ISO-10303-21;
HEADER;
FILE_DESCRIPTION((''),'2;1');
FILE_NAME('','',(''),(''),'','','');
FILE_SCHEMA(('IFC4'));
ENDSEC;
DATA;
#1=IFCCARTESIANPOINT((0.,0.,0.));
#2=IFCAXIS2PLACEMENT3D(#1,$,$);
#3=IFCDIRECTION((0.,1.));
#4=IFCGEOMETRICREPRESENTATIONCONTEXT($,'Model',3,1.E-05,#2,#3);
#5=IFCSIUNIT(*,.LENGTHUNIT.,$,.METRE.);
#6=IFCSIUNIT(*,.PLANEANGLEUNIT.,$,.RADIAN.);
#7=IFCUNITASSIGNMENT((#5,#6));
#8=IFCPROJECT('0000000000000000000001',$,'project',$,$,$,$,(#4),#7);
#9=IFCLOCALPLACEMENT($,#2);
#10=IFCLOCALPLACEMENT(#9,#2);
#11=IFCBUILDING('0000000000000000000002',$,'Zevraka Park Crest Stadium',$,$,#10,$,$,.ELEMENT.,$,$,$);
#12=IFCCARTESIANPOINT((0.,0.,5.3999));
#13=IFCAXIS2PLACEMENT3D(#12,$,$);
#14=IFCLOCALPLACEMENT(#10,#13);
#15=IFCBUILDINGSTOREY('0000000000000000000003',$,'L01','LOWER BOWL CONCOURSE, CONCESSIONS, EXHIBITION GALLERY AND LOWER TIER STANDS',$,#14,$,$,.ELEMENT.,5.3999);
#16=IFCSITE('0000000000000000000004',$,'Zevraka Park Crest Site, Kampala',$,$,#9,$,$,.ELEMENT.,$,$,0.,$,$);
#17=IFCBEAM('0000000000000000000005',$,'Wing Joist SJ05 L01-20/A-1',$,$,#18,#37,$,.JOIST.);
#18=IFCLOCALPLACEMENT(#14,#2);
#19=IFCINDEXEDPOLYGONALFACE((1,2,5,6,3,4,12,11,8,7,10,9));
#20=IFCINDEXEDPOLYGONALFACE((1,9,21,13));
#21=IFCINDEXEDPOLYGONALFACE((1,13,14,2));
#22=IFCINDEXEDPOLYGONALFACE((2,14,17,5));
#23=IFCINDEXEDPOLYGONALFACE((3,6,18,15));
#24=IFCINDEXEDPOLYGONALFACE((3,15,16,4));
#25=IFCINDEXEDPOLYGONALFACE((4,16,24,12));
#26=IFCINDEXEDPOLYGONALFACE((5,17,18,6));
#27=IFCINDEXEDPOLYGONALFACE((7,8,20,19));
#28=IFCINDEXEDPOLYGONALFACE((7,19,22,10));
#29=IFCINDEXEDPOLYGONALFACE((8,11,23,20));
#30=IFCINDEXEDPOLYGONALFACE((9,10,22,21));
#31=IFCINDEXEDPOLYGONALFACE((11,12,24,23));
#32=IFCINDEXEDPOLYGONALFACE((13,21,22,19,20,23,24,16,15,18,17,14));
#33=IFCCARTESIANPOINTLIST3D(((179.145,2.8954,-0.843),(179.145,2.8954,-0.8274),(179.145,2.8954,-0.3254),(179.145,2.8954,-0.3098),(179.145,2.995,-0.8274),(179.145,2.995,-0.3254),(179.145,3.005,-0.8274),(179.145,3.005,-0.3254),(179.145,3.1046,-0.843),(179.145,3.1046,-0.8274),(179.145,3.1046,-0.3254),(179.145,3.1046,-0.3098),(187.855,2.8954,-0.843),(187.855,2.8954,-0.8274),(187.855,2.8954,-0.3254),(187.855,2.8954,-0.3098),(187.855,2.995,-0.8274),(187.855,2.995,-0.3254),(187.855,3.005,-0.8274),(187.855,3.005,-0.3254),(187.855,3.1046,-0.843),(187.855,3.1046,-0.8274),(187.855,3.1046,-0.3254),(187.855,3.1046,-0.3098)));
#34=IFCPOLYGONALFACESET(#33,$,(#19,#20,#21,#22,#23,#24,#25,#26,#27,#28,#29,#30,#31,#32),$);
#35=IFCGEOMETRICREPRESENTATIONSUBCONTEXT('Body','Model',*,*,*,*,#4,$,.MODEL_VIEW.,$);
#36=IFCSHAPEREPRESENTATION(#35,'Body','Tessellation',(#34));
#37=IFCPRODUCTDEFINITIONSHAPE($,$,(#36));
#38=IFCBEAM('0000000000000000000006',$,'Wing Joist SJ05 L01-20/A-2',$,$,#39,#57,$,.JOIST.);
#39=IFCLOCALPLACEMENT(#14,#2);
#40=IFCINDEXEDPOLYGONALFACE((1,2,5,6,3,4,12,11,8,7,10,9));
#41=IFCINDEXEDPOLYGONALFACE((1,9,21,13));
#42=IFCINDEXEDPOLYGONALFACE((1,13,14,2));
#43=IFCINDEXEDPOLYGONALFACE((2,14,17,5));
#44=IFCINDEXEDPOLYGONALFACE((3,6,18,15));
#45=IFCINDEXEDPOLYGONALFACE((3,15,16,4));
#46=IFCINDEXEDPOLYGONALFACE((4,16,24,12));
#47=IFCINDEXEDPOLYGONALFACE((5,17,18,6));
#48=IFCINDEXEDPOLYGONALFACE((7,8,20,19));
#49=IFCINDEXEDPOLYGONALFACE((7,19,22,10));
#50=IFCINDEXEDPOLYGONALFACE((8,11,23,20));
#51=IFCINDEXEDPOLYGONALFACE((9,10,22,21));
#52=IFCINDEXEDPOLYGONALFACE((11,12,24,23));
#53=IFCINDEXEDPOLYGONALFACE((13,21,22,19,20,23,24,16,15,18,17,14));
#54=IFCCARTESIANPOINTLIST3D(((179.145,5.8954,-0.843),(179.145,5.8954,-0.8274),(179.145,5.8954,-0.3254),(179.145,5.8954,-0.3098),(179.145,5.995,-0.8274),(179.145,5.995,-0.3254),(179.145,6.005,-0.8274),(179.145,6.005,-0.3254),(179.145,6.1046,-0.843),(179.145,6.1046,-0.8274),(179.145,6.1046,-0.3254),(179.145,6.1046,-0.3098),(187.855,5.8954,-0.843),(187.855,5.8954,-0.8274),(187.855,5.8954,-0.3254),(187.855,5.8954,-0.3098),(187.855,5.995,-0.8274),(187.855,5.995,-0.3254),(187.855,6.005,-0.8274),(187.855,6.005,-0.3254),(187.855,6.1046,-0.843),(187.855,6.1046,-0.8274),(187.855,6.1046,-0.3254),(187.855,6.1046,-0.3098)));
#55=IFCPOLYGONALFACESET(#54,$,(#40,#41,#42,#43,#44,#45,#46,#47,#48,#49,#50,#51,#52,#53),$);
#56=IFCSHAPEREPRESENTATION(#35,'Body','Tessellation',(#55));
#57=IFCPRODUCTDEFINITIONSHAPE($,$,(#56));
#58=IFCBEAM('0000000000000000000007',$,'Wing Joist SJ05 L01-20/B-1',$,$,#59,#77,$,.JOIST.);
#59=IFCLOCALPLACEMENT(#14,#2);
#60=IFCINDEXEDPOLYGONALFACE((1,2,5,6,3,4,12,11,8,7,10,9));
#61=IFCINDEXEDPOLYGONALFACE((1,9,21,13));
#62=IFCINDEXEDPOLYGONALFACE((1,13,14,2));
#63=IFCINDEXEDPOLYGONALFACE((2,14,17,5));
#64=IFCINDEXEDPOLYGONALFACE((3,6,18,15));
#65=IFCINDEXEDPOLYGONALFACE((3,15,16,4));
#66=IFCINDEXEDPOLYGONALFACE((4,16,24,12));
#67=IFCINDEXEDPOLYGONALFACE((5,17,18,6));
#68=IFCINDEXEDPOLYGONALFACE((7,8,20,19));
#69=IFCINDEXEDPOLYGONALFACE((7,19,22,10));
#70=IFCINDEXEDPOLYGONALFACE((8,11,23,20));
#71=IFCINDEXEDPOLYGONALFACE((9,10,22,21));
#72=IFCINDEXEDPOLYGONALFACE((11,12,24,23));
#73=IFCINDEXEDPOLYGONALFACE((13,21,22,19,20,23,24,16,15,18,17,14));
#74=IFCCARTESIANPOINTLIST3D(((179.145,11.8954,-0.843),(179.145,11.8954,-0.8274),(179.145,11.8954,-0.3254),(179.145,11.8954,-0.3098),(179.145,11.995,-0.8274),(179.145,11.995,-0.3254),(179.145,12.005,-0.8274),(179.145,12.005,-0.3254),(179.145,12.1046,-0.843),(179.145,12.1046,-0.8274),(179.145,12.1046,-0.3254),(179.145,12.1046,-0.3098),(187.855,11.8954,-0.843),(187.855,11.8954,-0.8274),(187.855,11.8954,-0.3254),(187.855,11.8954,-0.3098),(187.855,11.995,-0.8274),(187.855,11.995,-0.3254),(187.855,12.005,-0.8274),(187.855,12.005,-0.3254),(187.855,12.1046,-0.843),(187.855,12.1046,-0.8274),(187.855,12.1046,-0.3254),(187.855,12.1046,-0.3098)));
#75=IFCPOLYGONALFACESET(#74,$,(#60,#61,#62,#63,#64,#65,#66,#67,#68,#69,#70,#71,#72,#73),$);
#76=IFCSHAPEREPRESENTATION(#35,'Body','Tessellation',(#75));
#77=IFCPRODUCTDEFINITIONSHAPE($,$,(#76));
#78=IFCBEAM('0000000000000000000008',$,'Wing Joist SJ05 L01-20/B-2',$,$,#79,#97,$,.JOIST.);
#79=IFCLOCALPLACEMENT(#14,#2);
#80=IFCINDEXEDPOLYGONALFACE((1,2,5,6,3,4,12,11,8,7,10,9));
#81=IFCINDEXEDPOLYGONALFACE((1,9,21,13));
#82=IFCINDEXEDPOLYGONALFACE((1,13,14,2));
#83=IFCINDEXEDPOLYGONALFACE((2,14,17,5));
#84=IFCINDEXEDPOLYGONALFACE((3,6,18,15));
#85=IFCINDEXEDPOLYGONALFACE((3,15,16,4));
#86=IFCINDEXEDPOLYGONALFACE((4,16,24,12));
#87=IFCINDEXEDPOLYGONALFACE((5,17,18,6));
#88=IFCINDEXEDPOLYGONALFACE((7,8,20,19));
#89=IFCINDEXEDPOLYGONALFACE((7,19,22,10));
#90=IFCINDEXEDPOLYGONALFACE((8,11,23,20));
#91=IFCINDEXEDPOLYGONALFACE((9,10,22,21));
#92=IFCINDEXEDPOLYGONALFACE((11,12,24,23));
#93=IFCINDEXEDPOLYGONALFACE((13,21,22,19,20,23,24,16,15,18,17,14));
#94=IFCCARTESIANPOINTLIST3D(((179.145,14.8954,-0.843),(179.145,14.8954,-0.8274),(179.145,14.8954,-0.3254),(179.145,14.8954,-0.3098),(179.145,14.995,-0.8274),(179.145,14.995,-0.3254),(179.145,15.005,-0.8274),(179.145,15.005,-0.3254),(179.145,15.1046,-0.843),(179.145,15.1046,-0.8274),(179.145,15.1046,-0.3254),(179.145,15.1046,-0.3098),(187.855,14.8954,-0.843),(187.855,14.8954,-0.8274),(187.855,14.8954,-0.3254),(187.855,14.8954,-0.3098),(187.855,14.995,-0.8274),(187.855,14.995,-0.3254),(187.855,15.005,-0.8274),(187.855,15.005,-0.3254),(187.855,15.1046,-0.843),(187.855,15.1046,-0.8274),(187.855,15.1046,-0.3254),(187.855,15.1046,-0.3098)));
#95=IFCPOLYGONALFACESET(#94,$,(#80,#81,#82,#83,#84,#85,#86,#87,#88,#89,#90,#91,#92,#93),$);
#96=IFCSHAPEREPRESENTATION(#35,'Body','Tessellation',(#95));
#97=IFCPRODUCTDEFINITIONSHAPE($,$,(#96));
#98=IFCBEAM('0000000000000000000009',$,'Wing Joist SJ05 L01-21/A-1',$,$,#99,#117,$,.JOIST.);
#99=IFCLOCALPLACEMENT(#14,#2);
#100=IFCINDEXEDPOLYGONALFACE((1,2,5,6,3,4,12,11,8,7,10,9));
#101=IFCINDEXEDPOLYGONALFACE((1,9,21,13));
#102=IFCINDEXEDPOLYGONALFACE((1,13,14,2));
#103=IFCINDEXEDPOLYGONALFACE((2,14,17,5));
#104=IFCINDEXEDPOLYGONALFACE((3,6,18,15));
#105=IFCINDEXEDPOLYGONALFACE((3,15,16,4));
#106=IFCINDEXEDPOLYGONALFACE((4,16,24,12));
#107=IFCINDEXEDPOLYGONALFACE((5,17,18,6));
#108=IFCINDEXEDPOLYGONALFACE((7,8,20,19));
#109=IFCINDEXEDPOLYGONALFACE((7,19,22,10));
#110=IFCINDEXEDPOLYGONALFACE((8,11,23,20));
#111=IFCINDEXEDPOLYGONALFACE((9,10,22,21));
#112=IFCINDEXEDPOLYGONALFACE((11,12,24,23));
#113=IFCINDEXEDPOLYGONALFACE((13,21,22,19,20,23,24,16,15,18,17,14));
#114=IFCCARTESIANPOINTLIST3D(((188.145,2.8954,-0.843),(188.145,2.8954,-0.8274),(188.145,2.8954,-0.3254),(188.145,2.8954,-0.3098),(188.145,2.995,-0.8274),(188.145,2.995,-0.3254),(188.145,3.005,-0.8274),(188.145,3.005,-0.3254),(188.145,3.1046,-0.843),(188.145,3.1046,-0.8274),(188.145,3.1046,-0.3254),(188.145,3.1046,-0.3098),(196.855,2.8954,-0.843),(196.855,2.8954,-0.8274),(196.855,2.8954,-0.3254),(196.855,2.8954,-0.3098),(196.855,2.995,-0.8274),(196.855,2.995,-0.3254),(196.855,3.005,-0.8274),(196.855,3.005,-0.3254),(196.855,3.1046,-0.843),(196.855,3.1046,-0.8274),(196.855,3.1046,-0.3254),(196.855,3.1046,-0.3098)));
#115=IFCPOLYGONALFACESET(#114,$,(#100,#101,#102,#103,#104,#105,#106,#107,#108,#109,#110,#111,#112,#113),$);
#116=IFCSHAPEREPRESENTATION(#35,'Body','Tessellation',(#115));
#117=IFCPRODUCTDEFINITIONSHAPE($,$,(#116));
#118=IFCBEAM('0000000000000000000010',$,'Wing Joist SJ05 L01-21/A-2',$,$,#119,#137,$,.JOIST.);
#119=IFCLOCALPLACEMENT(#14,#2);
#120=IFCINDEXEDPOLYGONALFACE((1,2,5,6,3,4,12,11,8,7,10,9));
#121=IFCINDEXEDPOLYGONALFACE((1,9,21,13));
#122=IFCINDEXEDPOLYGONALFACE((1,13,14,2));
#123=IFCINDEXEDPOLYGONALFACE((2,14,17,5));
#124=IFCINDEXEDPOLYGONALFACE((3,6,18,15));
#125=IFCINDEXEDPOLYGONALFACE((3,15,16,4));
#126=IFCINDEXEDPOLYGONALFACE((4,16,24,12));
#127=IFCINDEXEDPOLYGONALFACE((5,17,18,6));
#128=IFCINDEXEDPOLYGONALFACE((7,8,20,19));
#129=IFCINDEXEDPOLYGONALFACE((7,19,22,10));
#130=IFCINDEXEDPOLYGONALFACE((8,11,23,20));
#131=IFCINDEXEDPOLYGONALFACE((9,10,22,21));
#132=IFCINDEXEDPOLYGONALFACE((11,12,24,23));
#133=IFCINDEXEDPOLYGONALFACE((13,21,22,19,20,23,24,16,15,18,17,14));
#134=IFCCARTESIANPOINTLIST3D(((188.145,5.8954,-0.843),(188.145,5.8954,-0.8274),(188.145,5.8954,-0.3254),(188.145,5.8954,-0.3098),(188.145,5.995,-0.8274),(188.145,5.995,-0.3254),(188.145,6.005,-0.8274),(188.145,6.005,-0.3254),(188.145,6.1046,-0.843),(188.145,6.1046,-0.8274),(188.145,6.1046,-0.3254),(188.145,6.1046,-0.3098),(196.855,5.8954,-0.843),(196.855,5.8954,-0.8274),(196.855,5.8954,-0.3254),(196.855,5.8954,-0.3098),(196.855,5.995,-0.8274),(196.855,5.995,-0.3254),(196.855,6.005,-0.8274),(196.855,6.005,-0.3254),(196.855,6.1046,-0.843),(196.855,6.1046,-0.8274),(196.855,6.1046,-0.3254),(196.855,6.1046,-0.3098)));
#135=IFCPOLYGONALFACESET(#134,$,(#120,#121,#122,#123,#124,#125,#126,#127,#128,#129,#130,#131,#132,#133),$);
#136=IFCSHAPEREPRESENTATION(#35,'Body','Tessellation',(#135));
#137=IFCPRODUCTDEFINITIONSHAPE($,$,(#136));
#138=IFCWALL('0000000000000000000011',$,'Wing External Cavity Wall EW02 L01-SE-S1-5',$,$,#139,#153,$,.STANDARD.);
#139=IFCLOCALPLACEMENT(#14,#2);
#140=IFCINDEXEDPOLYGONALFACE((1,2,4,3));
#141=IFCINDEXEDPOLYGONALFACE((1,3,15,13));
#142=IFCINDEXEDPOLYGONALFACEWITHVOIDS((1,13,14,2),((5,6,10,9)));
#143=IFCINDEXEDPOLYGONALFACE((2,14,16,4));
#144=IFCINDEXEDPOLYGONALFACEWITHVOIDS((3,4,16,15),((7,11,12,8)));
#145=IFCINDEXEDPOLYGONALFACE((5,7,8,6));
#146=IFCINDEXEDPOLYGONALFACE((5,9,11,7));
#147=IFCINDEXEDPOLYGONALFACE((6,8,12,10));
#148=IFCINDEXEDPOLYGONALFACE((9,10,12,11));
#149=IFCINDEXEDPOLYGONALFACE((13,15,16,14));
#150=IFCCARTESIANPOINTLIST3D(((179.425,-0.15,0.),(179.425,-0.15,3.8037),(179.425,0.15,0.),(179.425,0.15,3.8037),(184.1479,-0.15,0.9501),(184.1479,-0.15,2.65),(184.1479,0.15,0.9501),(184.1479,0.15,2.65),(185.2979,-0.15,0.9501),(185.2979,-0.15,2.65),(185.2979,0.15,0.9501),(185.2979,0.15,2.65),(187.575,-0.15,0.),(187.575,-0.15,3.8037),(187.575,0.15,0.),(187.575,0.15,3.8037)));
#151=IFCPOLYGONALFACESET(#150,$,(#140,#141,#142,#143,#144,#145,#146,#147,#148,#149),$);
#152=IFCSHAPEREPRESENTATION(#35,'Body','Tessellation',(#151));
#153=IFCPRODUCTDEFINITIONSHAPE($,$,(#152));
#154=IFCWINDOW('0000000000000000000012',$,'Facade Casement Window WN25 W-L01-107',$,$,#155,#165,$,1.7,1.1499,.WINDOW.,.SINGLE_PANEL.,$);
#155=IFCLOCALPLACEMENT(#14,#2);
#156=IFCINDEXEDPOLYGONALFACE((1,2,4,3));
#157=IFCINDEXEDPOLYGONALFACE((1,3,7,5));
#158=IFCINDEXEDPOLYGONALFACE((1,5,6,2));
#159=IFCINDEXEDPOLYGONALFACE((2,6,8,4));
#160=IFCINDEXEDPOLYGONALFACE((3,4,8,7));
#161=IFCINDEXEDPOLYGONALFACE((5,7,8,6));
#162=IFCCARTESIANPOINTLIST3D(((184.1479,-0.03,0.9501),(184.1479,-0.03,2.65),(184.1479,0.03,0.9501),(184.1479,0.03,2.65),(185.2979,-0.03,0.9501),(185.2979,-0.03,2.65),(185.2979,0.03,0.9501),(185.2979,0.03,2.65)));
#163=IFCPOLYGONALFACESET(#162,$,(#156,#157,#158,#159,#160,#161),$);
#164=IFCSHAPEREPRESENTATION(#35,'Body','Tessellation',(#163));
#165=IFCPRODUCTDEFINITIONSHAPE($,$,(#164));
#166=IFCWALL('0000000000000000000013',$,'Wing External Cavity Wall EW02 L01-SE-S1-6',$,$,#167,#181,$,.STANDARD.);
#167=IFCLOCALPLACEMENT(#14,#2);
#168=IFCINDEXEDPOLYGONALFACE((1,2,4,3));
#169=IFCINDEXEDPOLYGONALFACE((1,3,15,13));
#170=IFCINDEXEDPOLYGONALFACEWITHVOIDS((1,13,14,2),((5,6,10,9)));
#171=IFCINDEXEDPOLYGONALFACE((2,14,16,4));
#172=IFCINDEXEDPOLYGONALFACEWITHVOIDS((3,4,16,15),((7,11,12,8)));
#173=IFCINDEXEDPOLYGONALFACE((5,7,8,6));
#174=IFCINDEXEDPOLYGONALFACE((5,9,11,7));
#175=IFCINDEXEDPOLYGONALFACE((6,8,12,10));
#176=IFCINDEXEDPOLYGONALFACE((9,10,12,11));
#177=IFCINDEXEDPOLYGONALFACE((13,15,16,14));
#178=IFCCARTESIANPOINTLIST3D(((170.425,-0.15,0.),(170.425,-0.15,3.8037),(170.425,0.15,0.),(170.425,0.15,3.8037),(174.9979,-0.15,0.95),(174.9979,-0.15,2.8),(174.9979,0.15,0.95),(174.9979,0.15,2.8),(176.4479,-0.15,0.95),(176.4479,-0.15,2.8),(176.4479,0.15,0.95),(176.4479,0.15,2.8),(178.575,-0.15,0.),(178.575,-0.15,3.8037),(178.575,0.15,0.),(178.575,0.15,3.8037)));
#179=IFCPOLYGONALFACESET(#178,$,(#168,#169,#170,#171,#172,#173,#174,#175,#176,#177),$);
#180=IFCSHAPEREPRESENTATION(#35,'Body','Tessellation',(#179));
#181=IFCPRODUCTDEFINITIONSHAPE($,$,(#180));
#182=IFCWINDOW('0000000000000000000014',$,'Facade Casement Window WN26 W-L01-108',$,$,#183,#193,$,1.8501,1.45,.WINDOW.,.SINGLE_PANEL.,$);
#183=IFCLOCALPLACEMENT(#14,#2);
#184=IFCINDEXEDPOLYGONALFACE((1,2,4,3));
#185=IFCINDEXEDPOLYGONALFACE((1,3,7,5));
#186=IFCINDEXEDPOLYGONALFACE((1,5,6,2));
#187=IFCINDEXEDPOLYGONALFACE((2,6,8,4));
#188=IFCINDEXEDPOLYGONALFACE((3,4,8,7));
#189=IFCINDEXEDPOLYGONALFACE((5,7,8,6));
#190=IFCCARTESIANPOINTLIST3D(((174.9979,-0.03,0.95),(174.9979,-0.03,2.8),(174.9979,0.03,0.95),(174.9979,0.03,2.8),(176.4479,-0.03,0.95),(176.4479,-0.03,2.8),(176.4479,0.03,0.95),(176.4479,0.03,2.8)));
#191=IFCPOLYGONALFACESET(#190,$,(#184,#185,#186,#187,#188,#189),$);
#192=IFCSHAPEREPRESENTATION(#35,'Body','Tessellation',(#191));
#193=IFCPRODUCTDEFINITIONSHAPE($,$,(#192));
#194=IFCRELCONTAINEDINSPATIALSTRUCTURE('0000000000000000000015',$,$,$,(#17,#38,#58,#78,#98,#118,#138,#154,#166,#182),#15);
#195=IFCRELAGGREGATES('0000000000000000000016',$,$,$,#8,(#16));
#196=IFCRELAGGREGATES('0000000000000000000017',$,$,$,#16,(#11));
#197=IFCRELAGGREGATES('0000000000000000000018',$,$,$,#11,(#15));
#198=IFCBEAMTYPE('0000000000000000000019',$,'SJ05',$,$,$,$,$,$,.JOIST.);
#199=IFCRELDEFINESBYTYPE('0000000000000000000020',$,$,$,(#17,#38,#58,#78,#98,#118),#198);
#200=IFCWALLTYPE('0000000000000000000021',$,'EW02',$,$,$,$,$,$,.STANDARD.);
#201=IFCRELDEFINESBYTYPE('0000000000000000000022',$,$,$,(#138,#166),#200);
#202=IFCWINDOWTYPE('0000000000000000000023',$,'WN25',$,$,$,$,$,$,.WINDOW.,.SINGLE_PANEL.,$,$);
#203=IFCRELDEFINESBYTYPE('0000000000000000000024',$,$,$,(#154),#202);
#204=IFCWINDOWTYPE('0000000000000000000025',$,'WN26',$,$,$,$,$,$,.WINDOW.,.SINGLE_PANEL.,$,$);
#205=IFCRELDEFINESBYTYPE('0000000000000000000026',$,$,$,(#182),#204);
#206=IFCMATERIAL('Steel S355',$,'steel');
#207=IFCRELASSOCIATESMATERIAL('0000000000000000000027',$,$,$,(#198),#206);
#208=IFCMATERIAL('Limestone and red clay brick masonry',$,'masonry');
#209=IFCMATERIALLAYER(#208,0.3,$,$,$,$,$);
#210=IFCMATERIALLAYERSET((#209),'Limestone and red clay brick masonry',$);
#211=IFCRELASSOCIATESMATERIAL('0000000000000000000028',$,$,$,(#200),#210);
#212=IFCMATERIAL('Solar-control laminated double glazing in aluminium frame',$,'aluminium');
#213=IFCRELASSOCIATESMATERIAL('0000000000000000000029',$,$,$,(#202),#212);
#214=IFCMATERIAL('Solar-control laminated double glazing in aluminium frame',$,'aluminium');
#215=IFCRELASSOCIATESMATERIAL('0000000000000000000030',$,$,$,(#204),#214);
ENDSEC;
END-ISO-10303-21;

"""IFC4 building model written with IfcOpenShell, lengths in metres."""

from ifc_helpers import new_model, si_unit, direction, frame, frame_2d, origin, origin_2d, place, context, subcontext, project, spatial, rectangle, i_section, extrude, material, layer, layer_set, material_profile, profile_set, type_object, element, fill, save


model = new_model("IFC4")

# Units and contexts
model_context = context("Model", 3, precision=1e-05, world=origin(), true_north=direction((0.0, 1.0)))
body_context = subcontext(model_context, "Body", "Model", "MODEL_VIEW")
ifc_project = project(units=[si_unit("LENGTHUNIT", "METRE"), si_unit("PLANEANGLEUNIT", "RADIAN")], contexts=[model_context])

# Site, building, storey
site_placement = place(None, origin())
site = spatial("IfcSite", under=ifc_project, at=site_placement, Name="Zevraka Park Crest Site, Kampala", CompositionType="ELEMENT", RefElevation=0.0)
building_placement = place(site_placement, origin())
building = spatial("IfcBuilding", under=site, at=building_placement, Name="Zevraka Park Crest Stadium", CompositionType="ELEMENT")
storey_placement = place(building_placement, frame((0.0, 0.0, 5.3999)))
storey = spatial("IfcBuildingStorey", under=building, at=storey_placement, Name="L01", Description="LOWER BOWL CONCOURSE, CONCESSIONS, EXHIBITION GALLERY AND LOWER TIER STANDS", CompositionType="ELEMENT", Elevation=5.3999)

# Beams
ifc_material_1 = material(Name="Steel S355", Category="steel")
ifc_material_profile_1 = material_profile(ifc_material_1, i_section(OverallWidth=0.2092, OverallDepth=0.5332, WebThickness=0.01, FlangeThickness=0.0156, at=origin_2d()), Name="UKB 533x210x92")
ifc_profile_set_1 = profile_set([ifc_material_profile_1], Name="Steel S355")
beam_type_1 = type_object("IfcBeamType", Name="SJ05", PredefinedType="JOIST", material=ifc_profile_set_1)
for number, where, z_axis, x_axis, name in (
    (1, (179.145, 3.0, -0.5764), (1.0, 0.0, 0.0), (0.0, 1.0, 0.0), "Wing Joist SJ05 L01-20/A-1"),
    (2, (179.145, 6.0, -0.5764), (1.0, 0.0, 0.0), (0.0, 1.0, 0.0), "Wing Joist SJ05 L01-20/A-2"),
    (3, (179.145, 12.0, -0.5764), (1.0, 0.0, 0.0), (0.0, 1.0, 0.0), "Wing Joist SJ05 L01-20/B-1"),
    (4, (179.145, 15.0, -0.5764), (1.0, 0.0, 0.0), (0.0, 1.0, 0.0), "Wing Joist SJ05 L01-20/B-2"),
    (5, (188.145, 3.0, -0.5764), (1.0, 0.0, 0.0), (0.0, 1.0, 0.0), "Wing Joist SJ05 L01-21/A-1"),
    (6, (188.145, 6.0, -0.5764), (1.0, 0.0, 0.0), (0.0, 1.0, 0.0), "Wing Joist SJ05 L01-21/A-2"),
):
    element("IfcBeam", number, at=place(storey_placement, frame(where, z_axis=z_axis, x_axis=x_axis)), inside=storey, type_object=beam_type_1, Name=name, PredefinedType="JOIST", context=body_context, shape_type="SweptSolid", body=[
        extrude(i_section(OverallWidth=0.2092, OverallDepth=0.5332, WebThickness=0.01, FlangeThickness=0.0156, at=origin_2d()), origin(), (0.0, 0.0, 1.0), 8.71),
    ])

# Walls, openings, windows
ifc_material_2 = material(Name="Limestone and red clay brick masonry", Category="masonry")
ifc_layer_1 = layer(ifc_material_2, 0.3)
ifc_layer_set_1 = layer_set([ifc_layer_1], Name="Limestone and red clay brick masonry")
wall_type_1 = type_object("IfcWallType", Name="EW02", PredefinedType="STANDARD", material=ifc_layer_set_1)
wall_1_placement = place(storey_placement, frame((187.575, 0.0, 0.0), z_axis=(0.0, 0.0, 1.0), x_axis=(-1.0, 0.0, 0.0)))
wall_1 = element("IfcWall", 7, at=wall_1_placement, inside=storey, type_object=wall_type_1, Name="Wing External Cavity Wall EW02 L01-SE-S1-5", PredefinedType="STANDARD", context=body_context, shape_type="SweptSolid", body=[
    extrude(rectangle(XDim=8.1499, YDim=0.3, at=frame_2d((4.075, 0.0))), origin(), (0.0, 0.0, 1.0), 3.8037),
])
opening_1_placement = place(wall_1_placement, frame((2.2771, 0.0, 0.95)))
opening_1 = element("IfcOpeningElement", 8, at=opening_1_placement, cuts=wall_1, PredefinedType="OPENING", context=body_context, shape_type="SweptSolid", body=[
    extrude(rectangle(XDim=1.1499, YDim=1.7, at=frame_2d((0.575, 0.8501))), frame((0.0, 0.1599, 0.0), z_axis=(0.0, -1.0, 0.0), x_axis=(1.0, 0.0, 0.0)), (0.0, 0.0, 1.0), 0.3201),
])
ifc_material_3 = material(Name="Solar-control laminated double glazing in aluminium frame", Category="aluminium")
window_type_1 = type_object("IfcWindowType", Name="WN25", PartitioningType="SINGLE_PANEL", PredefinedType="WINDOW", material=ifc_material_3)
window_1_placement = place(opening_1_placement, origin())
window_1 = element("IfcWindow", 9, at=window_1_placement, inside=storey, type_object=window_type_1, Name="Facade Casement Window WN25 W-L01-107", OverallHeight=1.7, OverallWidth=1.1499, PartitioningType="SINGLE_PANEL", PredefinedType="WINDOW", context=body_context, shape_type="SweptSolid", body=[
    extrude(rectangle(XDim=1.1499, YDim=1.7, at=frame_2d((0.575, 0.8501))), frame((0.0, 0.03, 0.0), z_axis=(0.0, -1.0, 0.0), x_axis=(1.0, 0.0, 0.0)), (0.0, 0.0, 1.0), 0.0601),
])
fill(opening_1, window_1)
wall_2_placement = place(storey_placement, frame((178.575, 0.0, 0.0), z_axis=(0.0, 0.0, 1.0), x_axis=(-1.0, 0.0, 0.0)))
wall_2 = element("IfcWall", 10, at=wall_2_placement, inside=storey, type_object=wall_type_1, Name="Wing External Cavity Wall EW02 L01-SE-S1-6", PredefinedType="STANDARD", context=body_context, shape_type="SweptSolid", body=[
    extrude(rectangle(XDim=8.1499, YDim=0.3, at=frame_2d((4.075, 0.0))), origin(), (0.0, 0.0, 1.0), 3.8037),
])
opening_2_placement = place(wall_2_placement, frame((2.127, 0.0, 0.95)))
opening_2 = element("IfcOpeningElement", 11, at=opening_2_placement, cuts=wall_2, PredefinedType="OPENING", context=body_context, shape_type="SweptSolid", body=[
    extrude(rectangle(XDim=1.45, YDim=1.8501, at=frame_2d((0.7251, 0.925))), frame((0.0, 0.1599, 0.0), z_axis=(0.0, -1.0, 0.0), x_axis=(1.0, 0.0, 0.0)), (0.0, 0.0, 1.0), 0.3201),
])
ifc_material_4 = material(Name="Solar-control laminated double glazing in aluminium frame", Category="aluminium")
window_type_2 = type_object("IfcWindowType", Name="WN26", PartitioningType="SINGLE_PANEL", PredefinedType="WINDOW", material=ifc_material_4)
window_2_placement = place(opening_2_placement, origin())
window_2 = element("IfcWindow", 12, at=window_2_placement, inside=storey, type_object=window_type_2, Name="Facade Casement Window WN26 W-L01-108", OverallHeight=1.8501, OverallWidth=1.45, PartitioningType="SINGLE_PANEL", PredefinedType="WINDOW", context=body_context, shape_type="SweptSolid", body=[
    extrude(rectangle(XDim=1.45, YDim=1.8501, at=frame_2d((0.7251, 0.925))), frame((0.0, 0.03, 0.0), z_axis=(0.0, -1.0, 0.0), x_axis=(1.0, 0.0, 0.0)), (0.0, 0.0, 1.0), 0.0601),
])
fill(opening_2, window_2)

save(model, "model.ifc")
